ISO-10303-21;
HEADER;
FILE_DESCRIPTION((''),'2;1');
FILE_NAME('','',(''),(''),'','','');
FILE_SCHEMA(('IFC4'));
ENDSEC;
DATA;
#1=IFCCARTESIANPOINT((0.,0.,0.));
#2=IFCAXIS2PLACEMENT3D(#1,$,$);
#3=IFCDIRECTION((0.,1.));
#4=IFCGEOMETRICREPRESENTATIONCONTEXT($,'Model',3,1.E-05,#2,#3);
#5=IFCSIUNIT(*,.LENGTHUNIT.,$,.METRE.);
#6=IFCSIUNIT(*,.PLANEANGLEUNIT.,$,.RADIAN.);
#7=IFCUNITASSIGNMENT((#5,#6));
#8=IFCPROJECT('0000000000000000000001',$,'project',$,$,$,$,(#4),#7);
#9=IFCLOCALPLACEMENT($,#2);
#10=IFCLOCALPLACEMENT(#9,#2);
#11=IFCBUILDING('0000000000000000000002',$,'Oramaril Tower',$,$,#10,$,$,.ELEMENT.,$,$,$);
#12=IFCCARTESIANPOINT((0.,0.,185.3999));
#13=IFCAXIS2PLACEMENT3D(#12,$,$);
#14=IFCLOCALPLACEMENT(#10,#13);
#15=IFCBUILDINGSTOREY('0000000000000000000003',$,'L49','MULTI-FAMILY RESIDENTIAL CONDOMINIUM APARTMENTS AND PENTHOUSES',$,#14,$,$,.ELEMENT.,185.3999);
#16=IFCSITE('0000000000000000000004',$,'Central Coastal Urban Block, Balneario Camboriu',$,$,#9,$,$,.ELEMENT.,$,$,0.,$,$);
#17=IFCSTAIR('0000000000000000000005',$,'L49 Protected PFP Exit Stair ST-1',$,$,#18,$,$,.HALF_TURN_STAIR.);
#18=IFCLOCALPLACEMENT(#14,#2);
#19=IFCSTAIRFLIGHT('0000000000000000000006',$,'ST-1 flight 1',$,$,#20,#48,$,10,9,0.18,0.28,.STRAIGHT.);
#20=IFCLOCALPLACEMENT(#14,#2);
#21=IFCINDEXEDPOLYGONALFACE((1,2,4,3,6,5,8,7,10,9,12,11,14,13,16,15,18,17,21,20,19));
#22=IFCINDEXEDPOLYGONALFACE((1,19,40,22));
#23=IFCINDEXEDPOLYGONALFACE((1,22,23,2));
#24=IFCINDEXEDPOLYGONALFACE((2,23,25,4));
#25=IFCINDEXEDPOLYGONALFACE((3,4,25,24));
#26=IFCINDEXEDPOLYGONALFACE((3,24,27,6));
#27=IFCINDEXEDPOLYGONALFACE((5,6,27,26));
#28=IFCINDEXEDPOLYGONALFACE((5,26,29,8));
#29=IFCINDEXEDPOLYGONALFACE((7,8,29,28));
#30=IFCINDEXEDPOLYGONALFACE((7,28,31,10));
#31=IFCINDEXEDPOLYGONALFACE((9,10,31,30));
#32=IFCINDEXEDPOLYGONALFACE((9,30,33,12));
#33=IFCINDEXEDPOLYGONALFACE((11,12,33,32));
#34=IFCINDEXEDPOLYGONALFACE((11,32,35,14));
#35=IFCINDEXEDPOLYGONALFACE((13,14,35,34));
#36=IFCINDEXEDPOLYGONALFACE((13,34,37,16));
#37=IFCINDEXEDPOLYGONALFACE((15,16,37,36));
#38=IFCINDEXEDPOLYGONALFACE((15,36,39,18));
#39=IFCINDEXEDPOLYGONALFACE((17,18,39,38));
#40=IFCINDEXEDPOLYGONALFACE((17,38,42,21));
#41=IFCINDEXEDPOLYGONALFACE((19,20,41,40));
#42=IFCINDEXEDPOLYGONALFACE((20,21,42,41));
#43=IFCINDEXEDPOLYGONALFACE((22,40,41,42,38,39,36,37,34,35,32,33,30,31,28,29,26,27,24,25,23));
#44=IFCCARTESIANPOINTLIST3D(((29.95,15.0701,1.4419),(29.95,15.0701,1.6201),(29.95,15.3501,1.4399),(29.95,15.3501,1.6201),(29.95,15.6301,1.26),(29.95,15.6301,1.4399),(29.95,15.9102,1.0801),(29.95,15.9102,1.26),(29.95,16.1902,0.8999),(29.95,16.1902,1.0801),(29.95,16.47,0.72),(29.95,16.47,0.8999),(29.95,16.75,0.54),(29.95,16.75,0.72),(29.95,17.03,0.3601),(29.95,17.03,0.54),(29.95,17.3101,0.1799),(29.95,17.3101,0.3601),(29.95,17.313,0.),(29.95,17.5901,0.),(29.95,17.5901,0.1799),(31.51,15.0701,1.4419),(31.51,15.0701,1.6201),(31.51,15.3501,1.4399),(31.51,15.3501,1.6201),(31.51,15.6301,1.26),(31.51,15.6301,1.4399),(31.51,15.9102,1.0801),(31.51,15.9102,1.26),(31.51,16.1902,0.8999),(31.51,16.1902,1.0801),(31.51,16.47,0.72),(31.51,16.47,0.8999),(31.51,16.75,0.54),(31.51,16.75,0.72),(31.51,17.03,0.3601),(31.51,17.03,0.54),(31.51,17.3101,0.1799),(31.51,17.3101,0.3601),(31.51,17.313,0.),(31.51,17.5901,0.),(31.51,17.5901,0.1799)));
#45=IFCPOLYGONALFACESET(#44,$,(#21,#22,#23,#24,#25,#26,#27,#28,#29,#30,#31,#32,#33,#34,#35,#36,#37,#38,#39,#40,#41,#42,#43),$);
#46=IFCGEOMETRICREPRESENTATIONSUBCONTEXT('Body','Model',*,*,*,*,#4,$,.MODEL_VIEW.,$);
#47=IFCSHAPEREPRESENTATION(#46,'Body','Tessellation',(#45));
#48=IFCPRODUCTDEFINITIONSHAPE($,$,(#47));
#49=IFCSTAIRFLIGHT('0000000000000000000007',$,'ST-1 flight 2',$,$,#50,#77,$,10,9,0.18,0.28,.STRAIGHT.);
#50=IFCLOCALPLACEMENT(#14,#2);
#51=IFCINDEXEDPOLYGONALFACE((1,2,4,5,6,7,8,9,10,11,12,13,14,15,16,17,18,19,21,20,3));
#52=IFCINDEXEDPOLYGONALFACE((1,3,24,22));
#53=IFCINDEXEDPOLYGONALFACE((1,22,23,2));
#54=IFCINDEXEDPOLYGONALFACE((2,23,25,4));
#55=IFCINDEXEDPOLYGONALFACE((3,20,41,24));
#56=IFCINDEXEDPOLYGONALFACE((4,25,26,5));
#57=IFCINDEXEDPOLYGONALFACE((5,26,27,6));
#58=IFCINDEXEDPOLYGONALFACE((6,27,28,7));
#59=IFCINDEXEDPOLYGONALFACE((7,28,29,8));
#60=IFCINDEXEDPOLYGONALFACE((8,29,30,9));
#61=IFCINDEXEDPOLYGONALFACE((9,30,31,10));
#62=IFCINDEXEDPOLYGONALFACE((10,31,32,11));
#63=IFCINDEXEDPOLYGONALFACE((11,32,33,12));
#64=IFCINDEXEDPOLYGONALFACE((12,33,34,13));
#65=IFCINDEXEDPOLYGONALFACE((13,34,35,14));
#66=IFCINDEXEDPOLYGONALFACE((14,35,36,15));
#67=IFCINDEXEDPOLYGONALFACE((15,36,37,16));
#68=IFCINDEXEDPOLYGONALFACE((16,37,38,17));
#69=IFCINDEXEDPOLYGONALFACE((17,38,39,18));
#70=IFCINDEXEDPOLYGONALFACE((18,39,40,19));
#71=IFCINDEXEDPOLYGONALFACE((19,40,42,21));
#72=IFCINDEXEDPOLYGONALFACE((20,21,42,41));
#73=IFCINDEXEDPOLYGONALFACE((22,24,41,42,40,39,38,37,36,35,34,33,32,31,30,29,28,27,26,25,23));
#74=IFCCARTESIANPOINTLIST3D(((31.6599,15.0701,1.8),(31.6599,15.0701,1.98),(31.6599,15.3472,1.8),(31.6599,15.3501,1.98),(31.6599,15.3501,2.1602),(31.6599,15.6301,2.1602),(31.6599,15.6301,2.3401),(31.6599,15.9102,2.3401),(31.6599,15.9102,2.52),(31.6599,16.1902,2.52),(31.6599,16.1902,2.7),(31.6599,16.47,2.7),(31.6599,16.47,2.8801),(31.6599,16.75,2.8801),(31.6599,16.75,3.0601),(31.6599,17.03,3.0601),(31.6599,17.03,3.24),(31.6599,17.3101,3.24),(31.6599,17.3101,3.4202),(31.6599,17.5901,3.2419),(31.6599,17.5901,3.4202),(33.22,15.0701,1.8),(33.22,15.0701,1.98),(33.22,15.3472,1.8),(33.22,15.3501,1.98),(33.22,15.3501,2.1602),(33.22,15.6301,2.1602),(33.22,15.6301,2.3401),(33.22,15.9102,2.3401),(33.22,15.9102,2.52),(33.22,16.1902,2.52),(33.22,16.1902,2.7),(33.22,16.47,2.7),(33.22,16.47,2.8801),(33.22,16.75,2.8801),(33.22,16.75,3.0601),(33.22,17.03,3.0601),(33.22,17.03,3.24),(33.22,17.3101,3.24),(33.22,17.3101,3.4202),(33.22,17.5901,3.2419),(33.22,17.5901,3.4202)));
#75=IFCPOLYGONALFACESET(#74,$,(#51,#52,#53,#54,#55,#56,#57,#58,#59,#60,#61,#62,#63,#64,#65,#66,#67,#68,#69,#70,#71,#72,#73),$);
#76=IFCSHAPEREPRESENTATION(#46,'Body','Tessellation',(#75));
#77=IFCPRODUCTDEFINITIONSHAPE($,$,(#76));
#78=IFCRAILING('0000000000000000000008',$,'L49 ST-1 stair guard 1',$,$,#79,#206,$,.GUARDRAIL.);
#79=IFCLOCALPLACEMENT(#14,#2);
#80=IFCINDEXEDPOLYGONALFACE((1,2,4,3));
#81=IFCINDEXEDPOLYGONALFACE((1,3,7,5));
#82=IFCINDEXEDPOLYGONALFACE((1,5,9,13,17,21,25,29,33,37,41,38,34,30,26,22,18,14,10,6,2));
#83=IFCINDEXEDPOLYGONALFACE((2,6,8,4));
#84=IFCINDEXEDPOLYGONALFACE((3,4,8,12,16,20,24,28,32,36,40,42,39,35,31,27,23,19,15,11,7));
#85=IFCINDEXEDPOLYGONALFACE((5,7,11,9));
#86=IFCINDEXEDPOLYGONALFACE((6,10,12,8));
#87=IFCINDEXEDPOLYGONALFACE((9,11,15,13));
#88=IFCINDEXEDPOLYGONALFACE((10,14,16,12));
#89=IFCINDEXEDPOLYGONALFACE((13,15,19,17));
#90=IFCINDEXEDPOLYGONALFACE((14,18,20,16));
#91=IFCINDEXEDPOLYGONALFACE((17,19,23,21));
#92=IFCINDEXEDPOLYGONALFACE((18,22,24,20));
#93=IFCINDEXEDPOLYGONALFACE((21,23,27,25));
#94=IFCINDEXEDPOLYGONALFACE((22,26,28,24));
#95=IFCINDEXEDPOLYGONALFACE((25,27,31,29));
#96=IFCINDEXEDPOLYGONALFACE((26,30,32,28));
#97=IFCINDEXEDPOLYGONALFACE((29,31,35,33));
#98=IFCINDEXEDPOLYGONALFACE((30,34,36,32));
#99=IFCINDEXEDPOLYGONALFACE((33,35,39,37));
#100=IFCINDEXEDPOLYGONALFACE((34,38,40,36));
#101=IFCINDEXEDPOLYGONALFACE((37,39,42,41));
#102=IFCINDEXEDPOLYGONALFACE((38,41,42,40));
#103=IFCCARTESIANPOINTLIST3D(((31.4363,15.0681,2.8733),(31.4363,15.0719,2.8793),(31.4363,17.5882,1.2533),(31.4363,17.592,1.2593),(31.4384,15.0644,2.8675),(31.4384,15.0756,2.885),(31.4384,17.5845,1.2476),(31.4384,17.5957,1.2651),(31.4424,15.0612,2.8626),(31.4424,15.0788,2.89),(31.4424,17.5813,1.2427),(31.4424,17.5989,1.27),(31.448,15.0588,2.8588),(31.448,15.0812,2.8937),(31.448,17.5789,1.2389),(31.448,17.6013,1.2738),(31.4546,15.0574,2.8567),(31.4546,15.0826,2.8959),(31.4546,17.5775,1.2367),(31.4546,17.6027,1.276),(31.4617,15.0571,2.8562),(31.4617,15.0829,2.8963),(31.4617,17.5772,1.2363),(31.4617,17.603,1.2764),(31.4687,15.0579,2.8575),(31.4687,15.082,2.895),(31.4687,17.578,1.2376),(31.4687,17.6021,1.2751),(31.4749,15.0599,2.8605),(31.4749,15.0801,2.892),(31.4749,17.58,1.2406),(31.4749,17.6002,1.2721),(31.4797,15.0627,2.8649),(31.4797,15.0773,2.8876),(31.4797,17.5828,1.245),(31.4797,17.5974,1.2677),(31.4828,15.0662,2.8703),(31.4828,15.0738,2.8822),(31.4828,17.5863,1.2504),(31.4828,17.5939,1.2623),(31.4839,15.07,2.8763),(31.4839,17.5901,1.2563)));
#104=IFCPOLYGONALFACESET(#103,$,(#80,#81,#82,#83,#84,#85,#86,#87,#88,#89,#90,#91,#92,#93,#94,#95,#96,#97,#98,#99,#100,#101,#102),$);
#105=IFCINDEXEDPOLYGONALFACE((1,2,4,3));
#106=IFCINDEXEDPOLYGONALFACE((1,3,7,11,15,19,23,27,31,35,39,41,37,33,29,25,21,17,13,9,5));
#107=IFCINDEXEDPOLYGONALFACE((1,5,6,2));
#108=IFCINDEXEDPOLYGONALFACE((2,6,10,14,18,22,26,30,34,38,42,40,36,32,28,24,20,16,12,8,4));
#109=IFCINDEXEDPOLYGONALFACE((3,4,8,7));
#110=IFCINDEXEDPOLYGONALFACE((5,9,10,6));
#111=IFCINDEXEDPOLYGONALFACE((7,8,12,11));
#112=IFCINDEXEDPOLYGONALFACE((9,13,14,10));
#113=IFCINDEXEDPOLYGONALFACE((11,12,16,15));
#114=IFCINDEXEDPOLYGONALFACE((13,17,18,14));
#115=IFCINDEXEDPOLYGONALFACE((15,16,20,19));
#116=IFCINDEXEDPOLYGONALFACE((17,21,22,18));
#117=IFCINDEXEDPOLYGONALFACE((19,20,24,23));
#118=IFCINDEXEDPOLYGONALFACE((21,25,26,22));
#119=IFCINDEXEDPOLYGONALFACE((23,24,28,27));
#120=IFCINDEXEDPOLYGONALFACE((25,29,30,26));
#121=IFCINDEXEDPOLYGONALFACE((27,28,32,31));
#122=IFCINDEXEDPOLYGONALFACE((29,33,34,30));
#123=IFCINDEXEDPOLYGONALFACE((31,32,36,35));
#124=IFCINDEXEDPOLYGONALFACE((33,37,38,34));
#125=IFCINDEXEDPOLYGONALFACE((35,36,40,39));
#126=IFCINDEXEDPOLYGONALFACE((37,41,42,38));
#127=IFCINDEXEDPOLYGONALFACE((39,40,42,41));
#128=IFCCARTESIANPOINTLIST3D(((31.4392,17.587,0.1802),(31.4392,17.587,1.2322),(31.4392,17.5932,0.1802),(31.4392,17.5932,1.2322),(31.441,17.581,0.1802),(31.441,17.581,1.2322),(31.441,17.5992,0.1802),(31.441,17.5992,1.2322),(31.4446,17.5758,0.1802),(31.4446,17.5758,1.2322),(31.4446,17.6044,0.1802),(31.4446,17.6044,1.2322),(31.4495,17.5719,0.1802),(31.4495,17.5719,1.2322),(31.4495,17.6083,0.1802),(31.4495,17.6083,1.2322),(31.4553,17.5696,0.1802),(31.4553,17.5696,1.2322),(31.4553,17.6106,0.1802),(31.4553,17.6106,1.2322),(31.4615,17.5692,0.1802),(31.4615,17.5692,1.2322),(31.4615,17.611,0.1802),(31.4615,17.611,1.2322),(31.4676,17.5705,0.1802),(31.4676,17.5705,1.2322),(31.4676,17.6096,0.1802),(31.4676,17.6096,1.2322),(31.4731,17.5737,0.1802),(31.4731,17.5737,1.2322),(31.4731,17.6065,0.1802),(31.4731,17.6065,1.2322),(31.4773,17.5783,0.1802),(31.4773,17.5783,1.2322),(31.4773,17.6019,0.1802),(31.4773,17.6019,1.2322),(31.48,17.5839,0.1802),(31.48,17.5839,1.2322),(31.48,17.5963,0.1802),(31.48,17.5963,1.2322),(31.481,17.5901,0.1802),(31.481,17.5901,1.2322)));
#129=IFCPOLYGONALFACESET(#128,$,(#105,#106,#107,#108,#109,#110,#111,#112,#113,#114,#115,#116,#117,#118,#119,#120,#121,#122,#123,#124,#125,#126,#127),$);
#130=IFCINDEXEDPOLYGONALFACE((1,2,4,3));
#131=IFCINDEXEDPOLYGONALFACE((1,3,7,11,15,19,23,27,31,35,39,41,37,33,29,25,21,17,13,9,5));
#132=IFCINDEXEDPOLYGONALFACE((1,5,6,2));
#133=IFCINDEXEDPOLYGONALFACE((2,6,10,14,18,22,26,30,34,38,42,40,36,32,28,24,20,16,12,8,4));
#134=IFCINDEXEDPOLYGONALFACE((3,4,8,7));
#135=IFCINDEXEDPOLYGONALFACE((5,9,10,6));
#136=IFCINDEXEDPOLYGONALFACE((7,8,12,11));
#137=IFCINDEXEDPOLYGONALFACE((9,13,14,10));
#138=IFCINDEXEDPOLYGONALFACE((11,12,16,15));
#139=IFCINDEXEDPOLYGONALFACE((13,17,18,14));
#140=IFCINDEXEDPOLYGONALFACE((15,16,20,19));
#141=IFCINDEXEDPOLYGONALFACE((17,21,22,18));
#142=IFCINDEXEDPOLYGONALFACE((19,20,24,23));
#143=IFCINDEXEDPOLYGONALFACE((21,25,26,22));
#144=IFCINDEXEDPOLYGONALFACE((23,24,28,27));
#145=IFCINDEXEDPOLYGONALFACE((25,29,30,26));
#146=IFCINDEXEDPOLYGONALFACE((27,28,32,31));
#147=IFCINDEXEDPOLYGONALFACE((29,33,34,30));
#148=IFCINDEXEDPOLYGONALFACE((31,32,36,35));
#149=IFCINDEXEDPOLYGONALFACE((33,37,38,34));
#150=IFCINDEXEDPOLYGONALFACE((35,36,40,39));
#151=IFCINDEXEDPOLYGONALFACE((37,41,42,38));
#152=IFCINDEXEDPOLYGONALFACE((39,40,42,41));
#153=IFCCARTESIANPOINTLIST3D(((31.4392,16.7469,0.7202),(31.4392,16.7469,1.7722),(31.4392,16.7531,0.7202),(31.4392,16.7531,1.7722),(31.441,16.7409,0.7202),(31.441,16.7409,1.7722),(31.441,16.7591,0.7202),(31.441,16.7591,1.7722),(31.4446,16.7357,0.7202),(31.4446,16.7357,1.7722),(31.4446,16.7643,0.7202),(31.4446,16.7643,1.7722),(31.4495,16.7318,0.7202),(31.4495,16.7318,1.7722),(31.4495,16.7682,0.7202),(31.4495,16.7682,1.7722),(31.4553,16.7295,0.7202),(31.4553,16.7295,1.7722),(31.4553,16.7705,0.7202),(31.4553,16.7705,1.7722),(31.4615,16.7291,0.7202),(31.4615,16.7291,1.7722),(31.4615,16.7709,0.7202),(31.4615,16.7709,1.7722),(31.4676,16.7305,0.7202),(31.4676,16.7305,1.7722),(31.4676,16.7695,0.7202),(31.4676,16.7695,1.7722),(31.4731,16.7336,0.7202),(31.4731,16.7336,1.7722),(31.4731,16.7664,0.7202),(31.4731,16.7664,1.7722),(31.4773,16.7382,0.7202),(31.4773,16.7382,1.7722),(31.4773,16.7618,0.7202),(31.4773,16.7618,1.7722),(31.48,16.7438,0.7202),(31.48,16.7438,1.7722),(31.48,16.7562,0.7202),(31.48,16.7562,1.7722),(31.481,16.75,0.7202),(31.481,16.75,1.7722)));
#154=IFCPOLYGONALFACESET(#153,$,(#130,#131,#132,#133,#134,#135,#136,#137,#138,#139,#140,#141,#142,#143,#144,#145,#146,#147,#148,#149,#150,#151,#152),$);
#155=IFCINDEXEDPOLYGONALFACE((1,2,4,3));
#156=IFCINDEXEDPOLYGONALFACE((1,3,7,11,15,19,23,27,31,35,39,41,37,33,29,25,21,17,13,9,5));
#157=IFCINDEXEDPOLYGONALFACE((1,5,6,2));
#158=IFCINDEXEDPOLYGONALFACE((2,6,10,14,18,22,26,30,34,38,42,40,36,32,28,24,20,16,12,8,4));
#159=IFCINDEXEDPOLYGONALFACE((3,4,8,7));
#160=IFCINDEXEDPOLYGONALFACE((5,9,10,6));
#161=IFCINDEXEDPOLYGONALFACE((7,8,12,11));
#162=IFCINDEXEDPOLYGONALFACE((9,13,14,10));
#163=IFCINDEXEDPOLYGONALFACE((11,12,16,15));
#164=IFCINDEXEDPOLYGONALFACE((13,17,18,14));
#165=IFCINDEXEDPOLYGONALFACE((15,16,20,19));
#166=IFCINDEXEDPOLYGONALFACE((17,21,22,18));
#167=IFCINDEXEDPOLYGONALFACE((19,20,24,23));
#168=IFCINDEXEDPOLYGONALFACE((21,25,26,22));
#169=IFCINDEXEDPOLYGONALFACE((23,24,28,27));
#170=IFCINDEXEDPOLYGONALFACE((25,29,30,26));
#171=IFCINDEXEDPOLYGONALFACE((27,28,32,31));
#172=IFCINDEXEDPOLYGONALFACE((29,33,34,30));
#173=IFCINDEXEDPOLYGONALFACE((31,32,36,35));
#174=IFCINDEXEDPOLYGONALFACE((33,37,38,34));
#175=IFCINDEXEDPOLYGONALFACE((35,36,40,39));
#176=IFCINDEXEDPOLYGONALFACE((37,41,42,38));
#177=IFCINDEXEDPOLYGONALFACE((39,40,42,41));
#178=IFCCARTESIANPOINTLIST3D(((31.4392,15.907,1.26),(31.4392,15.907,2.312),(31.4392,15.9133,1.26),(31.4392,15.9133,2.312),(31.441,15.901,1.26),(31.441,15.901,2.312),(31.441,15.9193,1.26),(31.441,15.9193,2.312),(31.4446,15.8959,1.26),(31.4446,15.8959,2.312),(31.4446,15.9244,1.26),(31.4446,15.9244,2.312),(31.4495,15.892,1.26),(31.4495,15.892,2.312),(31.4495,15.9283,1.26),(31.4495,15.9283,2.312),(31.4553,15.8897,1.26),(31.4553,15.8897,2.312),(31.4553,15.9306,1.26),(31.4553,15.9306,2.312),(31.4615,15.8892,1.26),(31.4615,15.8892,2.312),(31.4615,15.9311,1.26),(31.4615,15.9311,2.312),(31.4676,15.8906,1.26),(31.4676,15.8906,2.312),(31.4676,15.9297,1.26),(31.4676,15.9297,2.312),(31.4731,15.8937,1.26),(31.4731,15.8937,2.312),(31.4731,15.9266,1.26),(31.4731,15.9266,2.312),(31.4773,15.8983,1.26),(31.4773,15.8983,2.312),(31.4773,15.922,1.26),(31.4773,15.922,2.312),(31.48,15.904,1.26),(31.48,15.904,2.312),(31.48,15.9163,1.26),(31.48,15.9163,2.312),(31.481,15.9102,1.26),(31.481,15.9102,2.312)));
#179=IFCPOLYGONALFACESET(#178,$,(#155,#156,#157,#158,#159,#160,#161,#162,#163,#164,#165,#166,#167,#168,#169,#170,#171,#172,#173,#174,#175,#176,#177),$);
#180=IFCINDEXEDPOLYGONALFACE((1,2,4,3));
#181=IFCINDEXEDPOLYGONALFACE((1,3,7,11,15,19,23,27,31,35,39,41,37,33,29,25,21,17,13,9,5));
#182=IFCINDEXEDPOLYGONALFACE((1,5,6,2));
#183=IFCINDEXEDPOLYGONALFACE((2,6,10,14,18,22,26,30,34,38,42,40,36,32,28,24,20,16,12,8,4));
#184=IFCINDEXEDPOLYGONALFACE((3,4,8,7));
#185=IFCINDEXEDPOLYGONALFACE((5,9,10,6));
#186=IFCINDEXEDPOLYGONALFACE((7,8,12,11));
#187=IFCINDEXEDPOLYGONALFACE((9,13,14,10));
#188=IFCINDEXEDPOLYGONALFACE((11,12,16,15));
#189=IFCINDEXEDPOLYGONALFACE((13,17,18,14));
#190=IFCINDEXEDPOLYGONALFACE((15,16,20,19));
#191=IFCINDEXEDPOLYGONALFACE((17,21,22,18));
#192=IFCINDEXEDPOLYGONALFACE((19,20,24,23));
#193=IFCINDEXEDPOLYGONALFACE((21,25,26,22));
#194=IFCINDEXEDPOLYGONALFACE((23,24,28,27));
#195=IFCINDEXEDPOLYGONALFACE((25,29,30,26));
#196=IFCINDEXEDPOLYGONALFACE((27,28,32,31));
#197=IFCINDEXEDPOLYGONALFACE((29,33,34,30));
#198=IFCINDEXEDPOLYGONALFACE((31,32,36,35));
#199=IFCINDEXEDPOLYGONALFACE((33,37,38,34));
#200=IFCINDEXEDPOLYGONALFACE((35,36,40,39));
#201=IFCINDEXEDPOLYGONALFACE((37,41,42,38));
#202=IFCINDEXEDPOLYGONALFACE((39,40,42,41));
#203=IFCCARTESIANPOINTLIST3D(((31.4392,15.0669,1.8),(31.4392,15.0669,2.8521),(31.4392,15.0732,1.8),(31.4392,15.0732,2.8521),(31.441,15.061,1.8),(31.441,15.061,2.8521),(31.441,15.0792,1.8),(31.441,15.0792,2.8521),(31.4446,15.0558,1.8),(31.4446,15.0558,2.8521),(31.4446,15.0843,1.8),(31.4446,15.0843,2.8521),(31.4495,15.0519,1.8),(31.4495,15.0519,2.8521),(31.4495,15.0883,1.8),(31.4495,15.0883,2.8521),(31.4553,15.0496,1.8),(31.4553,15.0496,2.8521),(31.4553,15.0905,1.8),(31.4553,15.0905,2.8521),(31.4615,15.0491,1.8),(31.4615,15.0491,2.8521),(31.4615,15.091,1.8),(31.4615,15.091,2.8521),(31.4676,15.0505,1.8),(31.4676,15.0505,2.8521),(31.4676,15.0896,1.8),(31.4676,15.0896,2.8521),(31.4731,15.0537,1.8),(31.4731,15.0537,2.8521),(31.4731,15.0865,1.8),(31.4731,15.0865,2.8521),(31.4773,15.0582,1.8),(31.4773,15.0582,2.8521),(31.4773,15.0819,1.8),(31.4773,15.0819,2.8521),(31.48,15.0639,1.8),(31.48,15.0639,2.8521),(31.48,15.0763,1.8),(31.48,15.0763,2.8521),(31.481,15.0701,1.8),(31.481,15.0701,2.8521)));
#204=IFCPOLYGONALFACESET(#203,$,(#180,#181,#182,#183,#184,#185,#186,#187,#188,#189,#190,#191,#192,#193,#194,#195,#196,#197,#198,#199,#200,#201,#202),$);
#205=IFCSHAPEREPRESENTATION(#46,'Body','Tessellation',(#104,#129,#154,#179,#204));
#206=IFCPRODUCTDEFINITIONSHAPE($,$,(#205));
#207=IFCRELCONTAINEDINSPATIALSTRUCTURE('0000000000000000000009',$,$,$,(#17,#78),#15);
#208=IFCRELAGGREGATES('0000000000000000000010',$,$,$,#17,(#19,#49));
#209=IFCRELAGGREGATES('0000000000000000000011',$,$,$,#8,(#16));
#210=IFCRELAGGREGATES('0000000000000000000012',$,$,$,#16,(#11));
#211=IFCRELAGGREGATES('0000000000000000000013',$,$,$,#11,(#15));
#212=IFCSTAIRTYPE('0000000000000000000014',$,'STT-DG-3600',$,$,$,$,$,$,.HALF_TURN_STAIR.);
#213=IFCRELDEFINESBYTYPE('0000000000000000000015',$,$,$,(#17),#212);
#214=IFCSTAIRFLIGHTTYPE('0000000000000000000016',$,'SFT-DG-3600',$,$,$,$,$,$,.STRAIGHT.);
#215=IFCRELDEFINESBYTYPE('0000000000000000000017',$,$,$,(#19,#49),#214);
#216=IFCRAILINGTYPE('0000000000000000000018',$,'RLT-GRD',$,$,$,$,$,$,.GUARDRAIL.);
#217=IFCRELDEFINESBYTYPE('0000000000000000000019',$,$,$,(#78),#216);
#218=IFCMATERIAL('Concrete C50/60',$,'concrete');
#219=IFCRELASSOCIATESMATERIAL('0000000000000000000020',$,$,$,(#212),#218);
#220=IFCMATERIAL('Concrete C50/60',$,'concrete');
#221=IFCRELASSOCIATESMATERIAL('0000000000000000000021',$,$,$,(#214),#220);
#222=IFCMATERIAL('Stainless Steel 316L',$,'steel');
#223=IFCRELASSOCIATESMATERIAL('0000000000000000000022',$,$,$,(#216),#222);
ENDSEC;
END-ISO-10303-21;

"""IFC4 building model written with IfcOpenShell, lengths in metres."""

from ifc_helpers import new_model, si_unit, direction, frame, origin, origin_2d, place, context, subcontext, project, spatial, polyline, circle, outline, extrude, material, type_object, element, aggregate, save


model = new_model("IFC4")

# Units and contexts
model_context = context("Model", 3, precision=1e-05, world=origin(), true_north=direction((0.0, 1.0)))
body_context = subcontext(model_context, "Body", "Model", "MODEL_VIEW")
ifc_project = project(units=[si_unit("LENGTHUNIT", "METRE"), si_unit("PLANEANGLEUNIT", "RADIAN")], contexts=[model_context])

# Site, building, storey
site_placement = place(None, origin())
site = spatial("IfcSite", under=ifc_project, at=site_placement, Name="Central Coastal Urban Block, Balneario Camboriu", CompositionType="ELEMENT", RefElevation=0.0)
building_placement = place(site_placement, origin())
building = spatial("IfcBuilding", under=site, at=building_placement, Name="Oramaril Tower", CompositionType="ELEMENT")
storey_placement = place(building_placement, frame((0.0, 0.0, 185.3999)))
storey = spatial("IfcBuildingStorey", under=building, at=storey_placement, Name="L49", Description="MULTI-FAMILY RESIDENTIAL CONDOMINIUM APARTMENTS AND PENTHOUSES", CompositionType="ELEMENT", Elevation=185.3999)

# Stair, stair flights
ifc_material_1 = material(Name="Concrete C50/60", Category="concrete")
stair_type = type_object("IfcStairType", Name="STT-DG-3600", PredefinedType="HALF_TURN_STAIR", material=ifc_material_1)
stair_placement = place(storey_placement, origin())
stair = element("IfcStair", 1, at=stair_placement, inside=storey, type_object=stair_type, Name="L49 Protected PFP Exit Stair ST-1", PredefinedType="HALF_TURN_STAIR")
ifc_material_2 = material(Name="Concrete C50/60", Category="concrete")
stair_flight_type = type_object("IfcStairFlightType", Name="SFT-DG-3600", PredefinedType="STRAIGHT", material=ifc_material_2)
stair_flight_1_placement = place(storey_placement, frame((30.73, 17.5901, 0.0), z_axis=(0.0, 0.0, 1.0), x_axis=(0.0, -1.0, 0.0)))
stair_flight_1 = element("IfcStairFlight", 2, at=stair_flight_1_placement, type_object=stair_flight_type, Name="ST-1 flight 1", NumberOfRisers=10, NumberOfTreads=9, PredefinedType="STRAIGHT", RiserHeight=0.18, TreadLength=0.28, context=body_context, shape_type="SweptSolid", body=[
    extrude(outline(polyline([(0.0, 0.0), (0.0, 0.1799), (0.28, 0.1799), (0.28, 0.3601), (0.5601, 0.3601), (0.5601, 0.54), (0.8401, 0.54), (0.8401, 0.72), (1.1201, 0.72), (1.1201, 0.8999), (1.3999, 0.8999), (1.3999, 1.0801), (1.6799, 1.0801), (1.6799, 1.26), (1.96, 1.26), (1.96, 1.4399), (2.24, 1.4399), (2.24, 1.6201), (2.52, 1.6201), (2.52, 1.8), (2.52, 1.4419), (0.2771, 0.0), (0.0, 0.0)])), frame((0.0, 0.78, 0.0), z_axis=(0.0, -1.0, 0.0), x_axis=(1.0, 0.0, 0.0)), (0.0, 0.0, 1.0), 1.5601),
])
stair_flight_2_placement = place(storey_placement, frame((32.4399, 15.0701, 1.8), z_axis=(0.0, 0.0, 1.0), x_axis=(0.0, 1.0, 0.0)))
stair_flight_2 = element("IfcStairFlight", 3, at=stair_flight_2_placement, type_object=stair_flight_type, Name="ST-1 flight 2", NumberOfRisers=10, NumberOfTreads=9, PredefinedType="STRAIGHT", RiserHeight=0.18, TreadLength=0.28, context=body_context, shape_type="SweptSolid", body=[
    extrude(outline(polyline([(0.0, 0.0), (0.0, 0.1799), (0.28, 0.1799), (0.28, 0.3601), (0.5601, 0.3601), (0.5601, 0.54), (0.8401, 0.54), (0.8401, 0.72), (1.1201, 0.72), (1.1201, 0.8999), (1.3999, 0.8999), (1.3999, 1.0801), (1.6799, 1.0801), (1.6799, 1.26), (1.96, 1.26), (1.96, 1.4399), (2.24, 1.4399), (2.24, 1.6201), (2.52, 1.6201), (2.52, 1.8), (2.52, 1.4419), (0.2771, 0.0), (0.0, 0.0)])), frame((0.0, 0.78, 0.0), z_axis=(0.0, -1.0, 0.0), x_axis=(1.0, 0.0, 0.0)), (0.0, 0.0, 1.0), 1.5601),
])
aggregate(stair, [stair_flight_1, stair_flight_2])

# Railing
ifc_material_3 = material(Name="Stainless Steel 316L", Category="steel")
railing_type_1 = type_object("IfcRailingType", Name="RLT-GRD", PredefinedType="GUARDRAIL", material=ifc_material_3)
railing_1_placement = place(storey_placement, frame((31.46, 17.5901, 0.1802)))
element("IfcRailing", 4, at=railing_1_placement, inside=storey, type_object=railing_type_1, Name="L49 ST-1 stair guard 1", PredefinedType="GUARDRAIL", context=body_context, shape_type="SweptSolid", body=[
    extrude(circle(Radius=0.0239, at=origin_2d()), frame((0.0, 0.0, 1.0762), z_axis=(0.0, -0.8412, 0.540725), x_axis=(1.0, 0.0, 0.0)), (0.0, 0.0, 1.0), 2.9958),
    extrude(circle(Radius=0.021, at=origin_2d()), origin(), (0.0, 0.0, 1.0), 1.052),
    extrude(circle(Radius=0.021, at=origin_2d()), frame((0.0, -0.8401, 0.54)), (0.0, 0.0, 1.0), 1.052),
    extrude(circle(Radius=0.021, at=origin_2d()), frame((0.0, -1.6799, 1.0798)), (0.0, 0.0, 1.0), 1.052),
    extrude(circle(Radius=0.021, at=origin_2d()), frame((0.0, -2.52, 1.6199)), (0.0, 0.0, 1.0), 1.052),
])

save(model, "model.ifc")
